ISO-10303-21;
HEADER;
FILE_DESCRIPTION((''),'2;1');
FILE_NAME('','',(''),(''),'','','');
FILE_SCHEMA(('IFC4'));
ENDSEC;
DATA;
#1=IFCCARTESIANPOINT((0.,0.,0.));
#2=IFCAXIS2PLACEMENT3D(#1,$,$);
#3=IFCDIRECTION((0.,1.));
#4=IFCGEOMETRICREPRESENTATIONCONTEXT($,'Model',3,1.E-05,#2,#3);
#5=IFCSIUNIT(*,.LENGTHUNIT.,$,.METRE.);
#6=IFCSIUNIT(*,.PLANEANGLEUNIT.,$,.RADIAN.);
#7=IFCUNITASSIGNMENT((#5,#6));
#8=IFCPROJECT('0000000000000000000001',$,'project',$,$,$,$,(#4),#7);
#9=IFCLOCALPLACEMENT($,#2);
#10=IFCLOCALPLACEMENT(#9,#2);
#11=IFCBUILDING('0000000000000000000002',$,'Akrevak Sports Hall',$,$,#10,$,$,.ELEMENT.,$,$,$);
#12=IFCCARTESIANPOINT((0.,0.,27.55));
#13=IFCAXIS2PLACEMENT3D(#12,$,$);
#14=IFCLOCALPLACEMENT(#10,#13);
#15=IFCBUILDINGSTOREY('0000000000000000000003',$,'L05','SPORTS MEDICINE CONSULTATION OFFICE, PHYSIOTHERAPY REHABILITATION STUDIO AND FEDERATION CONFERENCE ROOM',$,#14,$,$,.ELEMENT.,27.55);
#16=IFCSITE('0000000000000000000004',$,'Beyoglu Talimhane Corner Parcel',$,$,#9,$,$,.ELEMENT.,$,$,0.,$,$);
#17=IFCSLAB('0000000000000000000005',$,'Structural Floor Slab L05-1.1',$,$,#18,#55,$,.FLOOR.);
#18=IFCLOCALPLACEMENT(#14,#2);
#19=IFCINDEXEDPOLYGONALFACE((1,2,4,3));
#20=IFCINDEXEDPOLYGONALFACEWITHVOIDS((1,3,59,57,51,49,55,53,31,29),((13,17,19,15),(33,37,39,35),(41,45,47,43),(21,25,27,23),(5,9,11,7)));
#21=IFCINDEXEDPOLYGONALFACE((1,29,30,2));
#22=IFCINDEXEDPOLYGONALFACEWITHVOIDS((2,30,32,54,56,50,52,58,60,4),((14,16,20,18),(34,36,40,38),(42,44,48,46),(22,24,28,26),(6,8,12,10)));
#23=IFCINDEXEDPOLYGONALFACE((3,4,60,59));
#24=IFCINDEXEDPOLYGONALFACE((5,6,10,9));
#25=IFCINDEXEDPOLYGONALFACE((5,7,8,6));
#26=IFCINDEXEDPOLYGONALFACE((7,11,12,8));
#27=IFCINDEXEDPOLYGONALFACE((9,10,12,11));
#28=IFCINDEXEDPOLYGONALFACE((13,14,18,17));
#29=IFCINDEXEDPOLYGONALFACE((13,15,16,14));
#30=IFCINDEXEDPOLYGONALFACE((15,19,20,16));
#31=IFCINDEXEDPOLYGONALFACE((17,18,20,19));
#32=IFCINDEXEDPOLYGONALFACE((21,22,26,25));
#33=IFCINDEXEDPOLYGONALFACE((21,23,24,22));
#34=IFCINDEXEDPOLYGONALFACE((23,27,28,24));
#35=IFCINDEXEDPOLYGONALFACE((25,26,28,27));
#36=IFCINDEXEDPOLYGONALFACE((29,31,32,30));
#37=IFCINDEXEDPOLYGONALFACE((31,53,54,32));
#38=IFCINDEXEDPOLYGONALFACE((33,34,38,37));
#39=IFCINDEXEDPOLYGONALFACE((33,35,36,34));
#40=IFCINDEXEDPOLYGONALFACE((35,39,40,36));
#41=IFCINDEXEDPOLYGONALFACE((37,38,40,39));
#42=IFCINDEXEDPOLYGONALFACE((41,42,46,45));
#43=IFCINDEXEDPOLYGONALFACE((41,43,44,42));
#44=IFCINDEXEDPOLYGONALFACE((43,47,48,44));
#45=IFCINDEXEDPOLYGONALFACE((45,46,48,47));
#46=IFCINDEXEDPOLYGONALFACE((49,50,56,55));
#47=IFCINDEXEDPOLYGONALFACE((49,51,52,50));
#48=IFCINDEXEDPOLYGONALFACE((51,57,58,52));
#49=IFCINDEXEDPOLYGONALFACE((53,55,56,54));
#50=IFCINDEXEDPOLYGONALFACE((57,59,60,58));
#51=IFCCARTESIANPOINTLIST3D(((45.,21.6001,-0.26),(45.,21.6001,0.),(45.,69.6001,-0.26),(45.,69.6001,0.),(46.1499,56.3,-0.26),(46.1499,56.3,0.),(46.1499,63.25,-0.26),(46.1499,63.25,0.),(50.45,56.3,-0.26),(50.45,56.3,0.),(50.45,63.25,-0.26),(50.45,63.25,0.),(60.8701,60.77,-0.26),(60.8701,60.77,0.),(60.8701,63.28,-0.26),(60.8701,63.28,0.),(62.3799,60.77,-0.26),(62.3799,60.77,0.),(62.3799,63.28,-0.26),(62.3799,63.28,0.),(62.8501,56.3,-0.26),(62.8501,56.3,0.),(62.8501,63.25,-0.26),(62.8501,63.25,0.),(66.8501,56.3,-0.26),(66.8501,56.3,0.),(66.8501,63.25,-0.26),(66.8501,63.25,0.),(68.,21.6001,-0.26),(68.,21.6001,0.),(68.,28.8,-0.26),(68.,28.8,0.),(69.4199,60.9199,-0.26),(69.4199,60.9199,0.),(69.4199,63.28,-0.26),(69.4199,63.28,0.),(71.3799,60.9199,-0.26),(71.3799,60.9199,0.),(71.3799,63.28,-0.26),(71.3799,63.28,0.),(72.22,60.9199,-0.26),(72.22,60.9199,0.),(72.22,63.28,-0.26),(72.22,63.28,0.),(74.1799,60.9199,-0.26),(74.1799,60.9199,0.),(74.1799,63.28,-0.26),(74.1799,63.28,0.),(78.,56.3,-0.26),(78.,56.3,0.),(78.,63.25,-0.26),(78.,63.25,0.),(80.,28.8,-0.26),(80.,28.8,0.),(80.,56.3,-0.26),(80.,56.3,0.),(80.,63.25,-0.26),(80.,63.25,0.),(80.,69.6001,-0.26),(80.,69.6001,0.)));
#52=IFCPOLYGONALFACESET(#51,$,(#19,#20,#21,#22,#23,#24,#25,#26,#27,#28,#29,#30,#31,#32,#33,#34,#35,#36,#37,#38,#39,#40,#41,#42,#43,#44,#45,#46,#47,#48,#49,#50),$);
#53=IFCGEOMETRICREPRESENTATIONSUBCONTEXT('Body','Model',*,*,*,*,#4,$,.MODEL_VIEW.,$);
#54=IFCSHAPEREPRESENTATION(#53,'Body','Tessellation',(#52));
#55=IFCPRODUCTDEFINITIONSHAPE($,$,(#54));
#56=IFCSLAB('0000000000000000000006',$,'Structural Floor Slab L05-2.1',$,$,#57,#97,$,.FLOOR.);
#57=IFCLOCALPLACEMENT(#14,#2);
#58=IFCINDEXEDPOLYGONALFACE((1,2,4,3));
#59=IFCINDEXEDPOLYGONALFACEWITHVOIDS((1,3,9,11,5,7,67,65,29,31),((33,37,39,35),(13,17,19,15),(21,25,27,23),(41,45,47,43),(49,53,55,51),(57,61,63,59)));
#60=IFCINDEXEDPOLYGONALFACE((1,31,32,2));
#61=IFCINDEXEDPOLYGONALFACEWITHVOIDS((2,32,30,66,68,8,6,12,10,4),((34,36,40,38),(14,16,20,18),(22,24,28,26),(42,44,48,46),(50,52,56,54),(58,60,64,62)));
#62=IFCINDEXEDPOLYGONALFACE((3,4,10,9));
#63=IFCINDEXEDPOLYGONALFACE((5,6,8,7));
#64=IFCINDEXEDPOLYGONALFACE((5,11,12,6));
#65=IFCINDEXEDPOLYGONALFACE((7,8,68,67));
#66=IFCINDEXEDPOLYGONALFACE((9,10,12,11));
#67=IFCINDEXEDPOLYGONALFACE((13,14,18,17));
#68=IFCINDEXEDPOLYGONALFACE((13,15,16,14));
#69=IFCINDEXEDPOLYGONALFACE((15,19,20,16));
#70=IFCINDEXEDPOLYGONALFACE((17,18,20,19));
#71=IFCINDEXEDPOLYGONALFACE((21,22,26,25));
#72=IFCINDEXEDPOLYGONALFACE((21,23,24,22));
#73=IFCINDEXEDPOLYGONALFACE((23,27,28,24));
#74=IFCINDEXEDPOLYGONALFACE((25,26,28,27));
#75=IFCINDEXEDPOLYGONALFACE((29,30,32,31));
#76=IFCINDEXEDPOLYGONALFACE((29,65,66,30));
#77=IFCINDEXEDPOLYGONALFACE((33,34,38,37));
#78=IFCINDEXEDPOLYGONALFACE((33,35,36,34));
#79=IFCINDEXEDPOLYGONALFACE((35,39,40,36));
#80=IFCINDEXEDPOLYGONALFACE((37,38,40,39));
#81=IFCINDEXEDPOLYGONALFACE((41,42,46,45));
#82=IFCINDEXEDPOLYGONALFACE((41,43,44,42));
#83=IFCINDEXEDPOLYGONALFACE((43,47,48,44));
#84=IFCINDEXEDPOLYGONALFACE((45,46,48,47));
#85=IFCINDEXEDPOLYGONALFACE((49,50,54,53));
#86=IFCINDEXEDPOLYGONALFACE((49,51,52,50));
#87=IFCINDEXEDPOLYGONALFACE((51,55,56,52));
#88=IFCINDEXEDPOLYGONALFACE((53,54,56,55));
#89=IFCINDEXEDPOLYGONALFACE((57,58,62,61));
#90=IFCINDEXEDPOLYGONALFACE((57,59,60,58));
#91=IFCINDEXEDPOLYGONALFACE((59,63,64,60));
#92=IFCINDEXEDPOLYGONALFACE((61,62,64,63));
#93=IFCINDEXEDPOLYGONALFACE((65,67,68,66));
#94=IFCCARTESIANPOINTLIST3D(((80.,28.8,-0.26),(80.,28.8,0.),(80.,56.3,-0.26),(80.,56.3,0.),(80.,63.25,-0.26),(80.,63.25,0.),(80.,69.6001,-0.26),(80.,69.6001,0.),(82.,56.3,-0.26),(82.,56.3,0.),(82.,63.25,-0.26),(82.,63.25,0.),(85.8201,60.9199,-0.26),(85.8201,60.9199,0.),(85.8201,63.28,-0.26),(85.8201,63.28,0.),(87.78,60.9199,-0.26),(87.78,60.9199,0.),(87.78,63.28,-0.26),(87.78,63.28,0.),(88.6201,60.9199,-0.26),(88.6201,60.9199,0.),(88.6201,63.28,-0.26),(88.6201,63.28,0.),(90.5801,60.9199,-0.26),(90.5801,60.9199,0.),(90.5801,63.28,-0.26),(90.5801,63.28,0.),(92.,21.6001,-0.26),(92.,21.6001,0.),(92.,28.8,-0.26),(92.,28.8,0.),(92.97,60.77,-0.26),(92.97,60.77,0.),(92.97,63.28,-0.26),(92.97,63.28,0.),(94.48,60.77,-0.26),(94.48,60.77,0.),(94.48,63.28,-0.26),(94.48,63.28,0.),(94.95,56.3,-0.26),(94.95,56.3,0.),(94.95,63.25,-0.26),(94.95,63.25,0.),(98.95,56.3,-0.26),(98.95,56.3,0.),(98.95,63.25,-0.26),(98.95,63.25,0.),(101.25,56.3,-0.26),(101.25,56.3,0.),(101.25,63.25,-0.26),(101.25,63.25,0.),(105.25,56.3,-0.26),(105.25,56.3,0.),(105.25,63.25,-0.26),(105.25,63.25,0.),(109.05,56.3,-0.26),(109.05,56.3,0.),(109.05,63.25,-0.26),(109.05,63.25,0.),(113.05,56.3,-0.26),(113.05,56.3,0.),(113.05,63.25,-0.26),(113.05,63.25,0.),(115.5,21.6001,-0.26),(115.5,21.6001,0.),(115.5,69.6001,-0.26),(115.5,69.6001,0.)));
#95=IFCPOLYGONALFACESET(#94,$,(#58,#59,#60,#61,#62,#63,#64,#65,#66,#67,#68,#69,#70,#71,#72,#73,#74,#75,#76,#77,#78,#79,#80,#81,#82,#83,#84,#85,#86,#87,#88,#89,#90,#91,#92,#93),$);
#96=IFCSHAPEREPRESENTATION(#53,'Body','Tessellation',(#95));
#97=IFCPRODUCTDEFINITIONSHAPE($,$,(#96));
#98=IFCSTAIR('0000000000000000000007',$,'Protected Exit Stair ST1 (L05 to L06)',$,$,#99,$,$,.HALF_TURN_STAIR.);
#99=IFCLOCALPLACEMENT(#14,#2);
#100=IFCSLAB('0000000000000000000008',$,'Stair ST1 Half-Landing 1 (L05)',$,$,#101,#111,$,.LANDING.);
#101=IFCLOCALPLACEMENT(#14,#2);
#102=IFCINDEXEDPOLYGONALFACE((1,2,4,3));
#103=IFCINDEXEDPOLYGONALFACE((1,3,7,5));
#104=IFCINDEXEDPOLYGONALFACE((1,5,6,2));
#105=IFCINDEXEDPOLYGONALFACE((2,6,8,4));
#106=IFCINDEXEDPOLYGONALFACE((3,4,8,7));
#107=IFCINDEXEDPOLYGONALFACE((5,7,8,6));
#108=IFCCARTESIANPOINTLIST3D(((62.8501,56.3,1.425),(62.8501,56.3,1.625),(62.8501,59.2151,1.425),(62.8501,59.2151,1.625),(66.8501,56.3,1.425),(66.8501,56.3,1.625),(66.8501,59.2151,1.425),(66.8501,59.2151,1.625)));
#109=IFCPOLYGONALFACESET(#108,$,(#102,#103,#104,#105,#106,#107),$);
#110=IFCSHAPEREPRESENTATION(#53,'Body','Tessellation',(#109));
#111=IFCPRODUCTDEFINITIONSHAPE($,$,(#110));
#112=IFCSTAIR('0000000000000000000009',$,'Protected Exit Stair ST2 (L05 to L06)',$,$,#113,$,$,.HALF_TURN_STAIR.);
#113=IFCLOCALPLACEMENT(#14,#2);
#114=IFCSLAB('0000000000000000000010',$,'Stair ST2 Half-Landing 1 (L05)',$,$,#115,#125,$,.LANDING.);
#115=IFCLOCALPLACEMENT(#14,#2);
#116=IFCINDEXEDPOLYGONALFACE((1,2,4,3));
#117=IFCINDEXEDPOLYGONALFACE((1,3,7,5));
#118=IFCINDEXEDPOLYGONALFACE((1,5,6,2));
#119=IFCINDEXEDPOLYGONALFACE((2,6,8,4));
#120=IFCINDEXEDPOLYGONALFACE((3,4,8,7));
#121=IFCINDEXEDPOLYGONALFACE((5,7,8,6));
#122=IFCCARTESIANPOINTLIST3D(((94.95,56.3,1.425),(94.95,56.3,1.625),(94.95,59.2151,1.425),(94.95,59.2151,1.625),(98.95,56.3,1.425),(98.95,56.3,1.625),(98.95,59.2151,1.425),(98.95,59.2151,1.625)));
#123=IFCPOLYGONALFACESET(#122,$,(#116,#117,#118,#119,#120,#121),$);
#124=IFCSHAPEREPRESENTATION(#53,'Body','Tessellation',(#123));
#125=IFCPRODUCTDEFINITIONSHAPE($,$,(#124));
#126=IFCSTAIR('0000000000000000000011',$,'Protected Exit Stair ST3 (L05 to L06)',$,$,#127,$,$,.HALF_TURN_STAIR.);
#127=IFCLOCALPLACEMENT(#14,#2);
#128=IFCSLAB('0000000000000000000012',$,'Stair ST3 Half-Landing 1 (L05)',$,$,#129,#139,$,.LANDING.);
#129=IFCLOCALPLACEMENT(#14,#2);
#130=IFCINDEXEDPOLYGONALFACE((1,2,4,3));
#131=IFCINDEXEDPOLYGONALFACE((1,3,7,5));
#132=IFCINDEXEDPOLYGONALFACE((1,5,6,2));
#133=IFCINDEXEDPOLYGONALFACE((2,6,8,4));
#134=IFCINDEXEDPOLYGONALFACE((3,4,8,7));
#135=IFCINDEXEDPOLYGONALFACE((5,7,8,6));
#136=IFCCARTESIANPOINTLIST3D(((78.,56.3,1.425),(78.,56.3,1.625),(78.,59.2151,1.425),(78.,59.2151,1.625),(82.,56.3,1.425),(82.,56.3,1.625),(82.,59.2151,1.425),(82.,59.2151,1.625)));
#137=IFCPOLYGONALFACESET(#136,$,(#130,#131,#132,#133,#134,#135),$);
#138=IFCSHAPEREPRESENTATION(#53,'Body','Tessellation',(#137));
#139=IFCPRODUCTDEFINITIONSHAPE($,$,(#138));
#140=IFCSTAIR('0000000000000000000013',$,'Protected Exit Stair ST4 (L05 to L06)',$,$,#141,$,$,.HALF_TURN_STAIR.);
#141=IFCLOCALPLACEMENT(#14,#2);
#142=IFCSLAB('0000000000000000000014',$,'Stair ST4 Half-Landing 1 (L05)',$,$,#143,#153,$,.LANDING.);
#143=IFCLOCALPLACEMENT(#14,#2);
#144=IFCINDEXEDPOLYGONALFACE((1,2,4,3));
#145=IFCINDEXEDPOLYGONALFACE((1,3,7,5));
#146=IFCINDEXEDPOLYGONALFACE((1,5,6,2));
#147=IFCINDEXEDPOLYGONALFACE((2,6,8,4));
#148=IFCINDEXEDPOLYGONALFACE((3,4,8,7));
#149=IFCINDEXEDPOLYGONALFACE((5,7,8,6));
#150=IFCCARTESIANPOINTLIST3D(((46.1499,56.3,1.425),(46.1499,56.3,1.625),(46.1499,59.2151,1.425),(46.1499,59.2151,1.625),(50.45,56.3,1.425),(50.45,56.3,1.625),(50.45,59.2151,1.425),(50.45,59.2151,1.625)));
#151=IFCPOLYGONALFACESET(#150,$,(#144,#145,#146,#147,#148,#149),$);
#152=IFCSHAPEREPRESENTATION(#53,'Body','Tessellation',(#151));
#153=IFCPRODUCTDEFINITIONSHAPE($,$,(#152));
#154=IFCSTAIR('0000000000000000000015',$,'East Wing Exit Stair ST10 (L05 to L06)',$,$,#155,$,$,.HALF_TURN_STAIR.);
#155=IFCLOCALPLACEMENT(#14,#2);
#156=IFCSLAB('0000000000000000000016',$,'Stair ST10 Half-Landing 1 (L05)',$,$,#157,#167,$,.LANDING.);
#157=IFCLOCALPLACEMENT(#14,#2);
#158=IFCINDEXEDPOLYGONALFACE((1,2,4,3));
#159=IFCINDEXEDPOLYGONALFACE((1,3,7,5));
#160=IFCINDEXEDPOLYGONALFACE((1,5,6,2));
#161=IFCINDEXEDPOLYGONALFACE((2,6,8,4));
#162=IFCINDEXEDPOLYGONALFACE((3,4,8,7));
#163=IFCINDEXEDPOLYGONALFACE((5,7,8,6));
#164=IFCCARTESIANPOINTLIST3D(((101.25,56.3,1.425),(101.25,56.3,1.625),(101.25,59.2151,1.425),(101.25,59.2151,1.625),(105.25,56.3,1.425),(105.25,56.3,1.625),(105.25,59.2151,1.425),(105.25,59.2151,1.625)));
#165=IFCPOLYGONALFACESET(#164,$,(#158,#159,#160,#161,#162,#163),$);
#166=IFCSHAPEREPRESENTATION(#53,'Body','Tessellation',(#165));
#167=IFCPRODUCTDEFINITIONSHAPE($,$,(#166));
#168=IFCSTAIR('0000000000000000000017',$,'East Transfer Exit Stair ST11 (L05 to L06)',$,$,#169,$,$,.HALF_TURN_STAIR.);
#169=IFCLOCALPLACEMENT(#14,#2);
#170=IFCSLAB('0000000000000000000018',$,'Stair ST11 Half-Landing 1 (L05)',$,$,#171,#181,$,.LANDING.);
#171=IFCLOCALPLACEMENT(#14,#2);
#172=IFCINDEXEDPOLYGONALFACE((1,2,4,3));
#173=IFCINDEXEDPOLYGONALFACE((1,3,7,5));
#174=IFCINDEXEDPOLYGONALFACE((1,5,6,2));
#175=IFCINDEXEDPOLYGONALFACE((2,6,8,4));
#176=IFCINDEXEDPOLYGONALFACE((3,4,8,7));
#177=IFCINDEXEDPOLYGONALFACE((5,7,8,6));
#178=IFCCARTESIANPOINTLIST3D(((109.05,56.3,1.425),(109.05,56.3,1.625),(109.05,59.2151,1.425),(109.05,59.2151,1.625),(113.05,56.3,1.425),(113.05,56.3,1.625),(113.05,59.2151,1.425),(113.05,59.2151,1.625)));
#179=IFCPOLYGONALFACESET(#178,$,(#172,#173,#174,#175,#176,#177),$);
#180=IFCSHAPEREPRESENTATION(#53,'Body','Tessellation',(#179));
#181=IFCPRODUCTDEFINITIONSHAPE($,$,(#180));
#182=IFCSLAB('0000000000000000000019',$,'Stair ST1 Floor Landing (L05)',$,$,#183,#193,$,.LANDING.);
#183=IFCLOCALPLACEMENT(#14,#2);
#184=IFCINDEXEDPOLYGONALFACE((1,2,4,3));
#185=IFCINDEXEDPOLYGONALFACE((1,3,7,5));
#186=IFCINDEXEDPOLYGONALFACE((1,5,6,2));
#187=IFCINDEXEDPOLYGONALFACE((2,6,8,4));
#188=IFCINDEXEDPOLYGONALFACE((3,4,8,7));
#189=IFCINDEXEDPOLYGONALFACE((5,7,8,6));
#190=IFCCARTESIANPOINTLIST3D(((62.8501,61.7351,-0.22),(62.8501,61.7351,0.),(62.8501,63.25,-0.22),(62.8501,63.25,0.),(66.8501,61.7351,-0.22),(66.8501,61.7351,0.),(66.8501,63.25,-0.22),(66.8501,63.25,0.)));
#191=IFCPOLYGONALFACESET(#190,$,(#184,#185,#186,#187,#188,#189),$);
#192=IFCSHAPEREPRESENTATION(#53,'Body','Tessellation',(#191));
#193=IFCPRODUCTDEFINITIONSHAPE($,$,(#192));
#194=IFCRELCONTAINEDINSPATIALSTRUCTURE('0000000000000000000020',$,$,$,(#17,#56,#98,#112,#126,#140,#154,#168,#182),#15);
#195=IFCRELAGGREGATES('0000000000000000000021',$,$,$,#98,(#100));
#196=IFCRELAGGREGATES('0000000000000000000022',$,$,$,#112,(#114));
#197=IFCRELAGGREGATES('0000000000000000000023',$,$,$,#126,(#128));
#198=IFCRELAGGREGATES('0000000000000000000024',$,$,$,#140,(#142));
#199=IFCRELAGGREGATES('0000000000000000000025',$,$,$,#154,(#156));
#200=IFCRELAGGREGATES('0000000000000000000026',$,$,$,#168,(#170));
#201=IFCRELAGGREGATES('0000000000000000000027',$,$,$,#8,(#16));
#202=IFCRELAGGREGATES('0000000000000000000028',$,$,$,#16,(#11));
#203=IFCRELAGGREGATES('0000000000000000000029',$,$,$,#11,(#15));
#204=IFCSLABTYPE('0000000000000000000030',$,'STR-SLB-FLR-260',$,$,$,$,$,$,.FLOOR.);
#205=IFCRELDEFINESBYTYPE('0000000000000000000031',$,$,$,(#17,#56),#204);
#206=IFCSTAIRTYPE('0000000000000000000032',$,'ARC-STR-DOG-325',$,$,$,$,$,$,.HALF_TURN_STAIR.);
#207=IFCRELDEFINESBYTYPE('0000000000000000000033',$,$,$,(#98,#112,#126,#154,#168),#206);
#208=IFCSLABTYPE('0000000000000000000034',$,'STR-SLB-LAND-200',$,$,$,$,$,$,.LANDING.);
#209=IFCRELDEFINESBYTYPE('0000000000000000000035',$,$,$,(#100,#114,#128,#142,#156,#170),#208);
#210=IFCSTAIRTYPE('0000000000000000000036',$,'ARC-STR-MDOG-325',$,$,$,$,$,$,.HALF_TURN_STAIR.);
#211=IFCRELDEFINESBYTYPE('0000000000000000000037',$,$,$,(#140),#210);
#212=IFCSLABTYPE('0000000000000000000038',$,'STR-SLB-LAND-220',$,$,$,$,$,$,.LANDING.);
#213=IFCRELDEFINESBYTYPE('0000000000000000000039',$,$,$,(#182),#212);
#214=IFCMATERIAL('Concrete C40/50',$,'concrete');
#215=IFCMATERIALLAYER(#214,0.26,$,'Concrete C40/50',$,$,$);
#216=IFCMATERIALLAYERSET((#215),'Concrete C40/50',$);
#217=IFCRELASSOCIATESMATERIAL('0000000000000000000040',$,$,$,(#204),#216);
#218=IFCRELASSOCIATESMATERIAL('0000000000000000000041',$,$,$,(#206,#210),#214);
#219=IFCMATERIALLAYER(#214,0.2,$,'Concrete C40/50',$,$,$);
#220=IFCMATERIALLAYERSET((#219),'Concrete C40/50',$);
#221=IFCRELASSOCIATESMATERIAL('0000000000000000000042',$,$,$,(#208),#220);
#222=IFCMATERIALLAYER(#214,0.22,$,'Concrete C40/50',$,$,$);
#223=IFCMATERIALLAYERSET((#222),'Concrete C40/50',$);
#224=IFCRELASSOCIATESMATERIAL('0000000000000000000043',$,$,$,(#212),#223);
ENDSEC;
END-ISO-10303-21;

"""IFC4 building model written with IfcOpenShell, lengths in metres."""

from ifc_helpers import new_model, si_unit, direction, frame, origin, place, context, subcontext, project, spatial, polyline, outline, extrude, material, layer, layer_set, type_object, element, aggregate, save


model = new_model("IFC4")

# Units and contexts
model_context = context("Model", 3, precision=1e-05, world=origin(), true_north=direction((0.0, 1.0)))
body_context = subcontext(model_context, "Body", "Model", "MODEL_VIEW")
ifc_project = project(units=[si_unit("LENGTHUNIT", "METRE"), si_unit("PLANEANGLEUNIT", "RADIAN")], contexts=[model_context])

# Site, building, storey
site_placement = place(None, origin())
site = spatial("IfcSite", under=ifc_project, at=site_placement, Name="Beyoglu Talimhane Corner Parcel", CompositionType="ELEMENT", RefElevation=0.0)
building_placement = place(site_placement, origin())
building = spatial("IfcBuilding", under=site, at=building_placement, Name="Akrevak Sports Hall", CompositionType="ELEMENT")
storey_placement = place(building_placement, frame((0.0, 0.0, 27.55)))
storey = spatial("IfcBuildingStorey", under=building, at=storey_placement, Name="L05", Description="SPORTS MEDICINE CONSULTATION OFFICE, PHYSIOTHERAPY REHABILITATION STUDIO AND FEDERATION CONFERENCE ROOM", CompositionType="ELEMENT", Elevation=27.55)

# Shared definitions
ifc_material_1 = material(Name="Concrete C40/50", Category="concrete")

# Slabs
ifc_layer_1 = layer(ifc_material_1, 0.26, Name="Concrete C40/50")
ifc_layer_set_1 = layer_set([ifc_layer_1], Name="Concrete C40/50")
slab_type_1 = type_object("IfcSlabType", Name="STR-SLB-FLR-260", PredefinedType="FLOOR", material=ifc_layer_set_1)
slab_1_placement = place(storey_placement, frame((0.0, 0.0, -0.26)))
element("IfcSlab", 1, at=slab_1_placement, inside=storey, type_object=slab_type_1, Name="Structural Floor Slab L05-1.1", PredefinedType="FLOOR", context=body_context, shape_type="SweptSolid", body=[
    extrude(outline(polyline([(45.0, 69.6001), (45.0, 21.6001), (68.0, 21.6001), (68.0, 28.8), (80.0, 28.8), (80.0, 56.3), (78.0, 56.3), (78.0, 63.25), (80.0, 63.25), (80.0, 69.6001), (45.0, 69.6001)]), holes=[polyline([(46.1499, 63.25), (50.45, 63.25), (50.45, 56.3), (46.1499, 56.3), (46.1499, 63.25)]), polyline([(66.8501, 63.25), (66.8501, 56.3), (62.8501, 56.3), (62.8501, 63.25), (66.8501, 63.25)]), polyline([(60.8701, 63.28), (62.3799, 63.28), (62.3799, 60.77), (60.8701, 60.77), (60.8701, 63.28)]), polyline([(71.3799, 63.28), (71.3799, 60.9199), (69.4199, 60.9199), (69.4199, 63.28), (71.3799, 63.28)]), polyline([(74.1799, 63.28), (74.1799, 60.9199), (72.22, 60.9199), (72.22, 63.28), (74.1799, 63.28)])]), origin(), (0.0, 0.0, 1.0), 0.26),
])
slab_2_placement = place(storey_placement, frame((0.0, 0.0, -0.26)))
element("IfcSlab", 2, at=slab_2_placement, inside=storey, type_object=slab_type_1, Name="Structural Floor Slab L05-2.1", PredefinedType="FLOOR", context=body_context, shape_type="SweptSolid", body=[
    extrude(outline(polyline([(80.0, 69.6001), (80.0, 63.25), (82.0, 63.25), (82.0, 56.3), (80.0, 56.3), (80.0, 28.8), (92.0, 28.8), (92.0, 21.6001), (115.5, 21.6001), (115.5, 69.6001), (80.0, 69.6001)]), holes=[polyline([(94.95, 63.25), (98.95, 63.25), (98.95, 56.3), (94.95, 56.3), (94.95, 63.25)]), polyline([(105.25, 63.25), (105.25, 56.3), (101.25, 56.3), (101.25, 63.25), (105.25, 63.25)]), polyline([(113.05, 63.25), (113.05, 56.3), (109.05, 56.3), (109.05, 63.25), (113.05, 63.25)]), polyline([(92.97, 63.28), (94.48, 63.28), (94.48, 60.77), (92.97, 60.77), (92.97, 63.28)]), polyline([(87.78, 63.28), (87.78, 60.9199), (85.8201, 60.9199), (85.8201, 63.28), (87.78, 63.28)]), polyline([(90.5801, 63.28), (90.5801, 60.9199), (88.6201, 60.9199), (88.6201, 63.28), (90.5801, 63.28)])]), origin(), (0.0, 0.0, 1.0), 0.26),
])

# Stairs, slabs
stair_type_1 = type_object("IfcStairType", Name="ARC-STR-DOG-325", PredefinedType="HALF_TURN_STAIR", material=ifc_material_1)
stair_1_placement = place(storey_placement, origin())
stair_1 = element("IfcStair", 3, at=stair_1_placement, inside=storey, type_object=stair_type_1, Name="Protected Exit Stair ST1 (L05 to L06)", PredefinedType="HALF_TURN_STAIR")
ifc_layer_2 = layer(ifc_material_1, 0.2, Name="Concrete C40/50")
ifc_layer_set_2 = layer_set([ifc_layer_2], Name="Concrete C40/50")
slab_type_2 = type_object("IfcSlabType", Name="STR-SLB-LAND-200", PredefinedType="LANDING", material=ifc_layer_set_2)
slab_3_placement = place(storey_placement, frame((0.0, 0.0, 1.425)))
slab_3 = element("IfcSlab", 4, at=slab_3_placement, type_object=slab_type_2, Name="Stair ST1 Half-Landing 1 (L05)", PredefinedType="LANDING", context=body_context, shape_type="SweptSolid", body=[
    extrude(outline(polyline([(62.8501, 56.3), (66.8501, 56.3), (66.8501, 59.2151), (62.8501, 59.2151), (62.8501, 56.3)])), origin(), (0.0, 0.0, 1.0), 0.2),
])
aggregate(stair_1, [slab_3])
stair_2_placement = place(storey_placement, origin())
stair_2 = element("IfcStair", 5, at=stair_2_placement, inside=storey, type_object=stair_type_1, Name="Protected Exit Stair ST2 (L05 to L06)", PredefinedType="HALF_TURN_STAIR")
slab_4_placement = place(storey_placement, frame((0.0, 0.0, 1.425)))
slab_4 = element("IfcSlab", 6, at=slab_4_placement, type_object=slab_type_2, Name="Stair ST2 Half-Landing 1 (L05)", PredefinedType="LANDING", context=body_context, shape_type="SweptSolid", body=[
    extrude(outline(polyline([(94.95, 56.3), (98.95, 56.3), (98.95, 59.2151), (94.95, 59.2151), (94.95, 56.3)])), origin(), (0.0, 0.0, 1.0), 0.2),
])
aggregate(stair_2, [slab_4])
stair_3_placement = place(storey_placement, origin())
stair_3 = element("IfcStair", 7, at=stair_3_placement, inside=storey, type_object=stair_type_1, Name="Protected Exit Stair ST3 (L05 to L06)", PredefinedType="HALF_TURN_STAIR")
slab_5_placement = place(storey_placement, frame((0.0, 0.0, 1.425)))
slab_5 = element("IfcSlab", 8, at=slab_5_placement, type_object=slab_type_2, Name="Stair ST3 Half-Landing 1 (L05)", PredefinedType="LANDING", context=body_context, shape_type="SweptSolid", body=[
    extrude(outline(polyline([(78.0, 56.3), (82.0, 56.3), (82.0, 59.2151), (78.0, 59.2151), (78.0, 56.3)])), origin(), (0.0, 0.0, 1.0), 0.2),
])
aggregate(stair_3, [slab_5])
stair_type_2 = type_object("IfcStairType", Name="ARC-STR-MDOG-325", PredefinedType="HALF_TURN_STAIR", material=ifc_material_1)
stair_4_placement = place(storey_placement, origin())
stair_4 = element("IfcStair", 9, at=stair_4_placement, inside=storey, type_object=stair_type_2, Name="Protected Exit Stair ST4 (L05 to L06)", PredefinedType="HALF_TURN_STAIR")
slab_6_placement = place(storey_placement, frame((0.0, 0.0, 1.425)))
slab_6 = element("IfcSlab", 10, at=slab_6_placement, type_object=slab_type_2, Name="Stair ST4 Half-Landing 1 (L05)", PredefinedType="LANDING", context=body_context, shape_type="SweptSolid", body=[
    extrude(outline(polyline([(46.1499, 56.3), (50.45, 56.3), (50.45, 59.2151), (46.1499, 59.2151), (46.1499, 56.3)])), origin(), (0.0, 0.0, 1.0), 0.2),
])
aggregate(stair_4, [slab_6])
stair_5_placement = place(storey_placement, origin())
stair_5 = element("IfcStair", 11, at=stair_5_placement, inside=storey, type_object=stair_type_1, Name="East Wing Exit Stair ST10 (L05 to L06)", PredefinedType="HALF_TURN_STAIR")
slab_7_placement = place(storey_placement, frame((0.0, 0.0, 1.425)))
slab_7 = element("IfcSlab", 12, at=slab_7_placement, type_object=slab_type_2, Name="Stair ST10 Half-Landing 1 (L05)", PredefinedType="LANDING", context=body_context, shape_type="SweptSolid", body=[
    extrude(outline(polyline([(101.25, 56.3), (105.25, 56.3), (105.25, 59.2151), (101.25, 59.2151), (101.25, 56.3)])), origin(), (0.0, 0.0, 1.0), 0.2),
])
aggregate(stair_5, [slab_7])
stair_6_placement = place(storey_placement, origin())
stair_6 = element("IfcStair", 13, at=stair_6_placement, inside=storey, type_object=stair_type_1, Name="East Transfer Exit Stair ST11 (L05 to L06)", PredefinedType="HALF_TURN_STAIR")
slab_8_placement = place(storey_placement, frame((0.0, 0.0, 1.425)))
slab_8 = element("IfcSlab", 14, at=slab_8_placement, type_object=slab_type_2, Name="Stair ST11 Half-Landing 1 (L05)", PredefinedType="LANDING", context=body_context, shape_type="SweptSolid", body=[
    extrude(outline(polyline([(109.05, 56.3), (113.05, 56.3), (113.05, 59.2151), (109.05, 59.2151), (109.05, 56.3)])), origin(), (0.0, 0.0, 1.0), 0.2),
])
aggregate(stair_6, [slab_8])

# Slab
ifc_layer_3 = layer(ifc_material_1, 0.22, Name="Concrete C40/50")
ifc_layer_set_3 = layer_set([ifc_layer_3], Name="Concrete C40/50")
slab_type_3 = type_object("IfcSlabType", Name="STR-SLB-LAND-220", PredefinedType="LANDING", material=ifc_layer_set_3)
slab_9_placement = place(storey_placement, frame((0.0, 0.0, -0.22)))
element("IfcSlab", 15, at=slab_9_placement, inside=storey, type_object=slab_type_3, Name="Stair ST1 Floor Landing (L05)", PredefinedType="LANDING", context=body_context, shape_type="SweptSolid", body=[
    extrude(outline(polyline([(62.8501, 61.7351), (66.8501, 61.7351), (66.8501, 63.25), (62.8501, 63.25), (62.8501, 61.7351)])), origin(), (0.0, 0.0, 1.0), 0.22),
])

save(model, "model.ifc")
